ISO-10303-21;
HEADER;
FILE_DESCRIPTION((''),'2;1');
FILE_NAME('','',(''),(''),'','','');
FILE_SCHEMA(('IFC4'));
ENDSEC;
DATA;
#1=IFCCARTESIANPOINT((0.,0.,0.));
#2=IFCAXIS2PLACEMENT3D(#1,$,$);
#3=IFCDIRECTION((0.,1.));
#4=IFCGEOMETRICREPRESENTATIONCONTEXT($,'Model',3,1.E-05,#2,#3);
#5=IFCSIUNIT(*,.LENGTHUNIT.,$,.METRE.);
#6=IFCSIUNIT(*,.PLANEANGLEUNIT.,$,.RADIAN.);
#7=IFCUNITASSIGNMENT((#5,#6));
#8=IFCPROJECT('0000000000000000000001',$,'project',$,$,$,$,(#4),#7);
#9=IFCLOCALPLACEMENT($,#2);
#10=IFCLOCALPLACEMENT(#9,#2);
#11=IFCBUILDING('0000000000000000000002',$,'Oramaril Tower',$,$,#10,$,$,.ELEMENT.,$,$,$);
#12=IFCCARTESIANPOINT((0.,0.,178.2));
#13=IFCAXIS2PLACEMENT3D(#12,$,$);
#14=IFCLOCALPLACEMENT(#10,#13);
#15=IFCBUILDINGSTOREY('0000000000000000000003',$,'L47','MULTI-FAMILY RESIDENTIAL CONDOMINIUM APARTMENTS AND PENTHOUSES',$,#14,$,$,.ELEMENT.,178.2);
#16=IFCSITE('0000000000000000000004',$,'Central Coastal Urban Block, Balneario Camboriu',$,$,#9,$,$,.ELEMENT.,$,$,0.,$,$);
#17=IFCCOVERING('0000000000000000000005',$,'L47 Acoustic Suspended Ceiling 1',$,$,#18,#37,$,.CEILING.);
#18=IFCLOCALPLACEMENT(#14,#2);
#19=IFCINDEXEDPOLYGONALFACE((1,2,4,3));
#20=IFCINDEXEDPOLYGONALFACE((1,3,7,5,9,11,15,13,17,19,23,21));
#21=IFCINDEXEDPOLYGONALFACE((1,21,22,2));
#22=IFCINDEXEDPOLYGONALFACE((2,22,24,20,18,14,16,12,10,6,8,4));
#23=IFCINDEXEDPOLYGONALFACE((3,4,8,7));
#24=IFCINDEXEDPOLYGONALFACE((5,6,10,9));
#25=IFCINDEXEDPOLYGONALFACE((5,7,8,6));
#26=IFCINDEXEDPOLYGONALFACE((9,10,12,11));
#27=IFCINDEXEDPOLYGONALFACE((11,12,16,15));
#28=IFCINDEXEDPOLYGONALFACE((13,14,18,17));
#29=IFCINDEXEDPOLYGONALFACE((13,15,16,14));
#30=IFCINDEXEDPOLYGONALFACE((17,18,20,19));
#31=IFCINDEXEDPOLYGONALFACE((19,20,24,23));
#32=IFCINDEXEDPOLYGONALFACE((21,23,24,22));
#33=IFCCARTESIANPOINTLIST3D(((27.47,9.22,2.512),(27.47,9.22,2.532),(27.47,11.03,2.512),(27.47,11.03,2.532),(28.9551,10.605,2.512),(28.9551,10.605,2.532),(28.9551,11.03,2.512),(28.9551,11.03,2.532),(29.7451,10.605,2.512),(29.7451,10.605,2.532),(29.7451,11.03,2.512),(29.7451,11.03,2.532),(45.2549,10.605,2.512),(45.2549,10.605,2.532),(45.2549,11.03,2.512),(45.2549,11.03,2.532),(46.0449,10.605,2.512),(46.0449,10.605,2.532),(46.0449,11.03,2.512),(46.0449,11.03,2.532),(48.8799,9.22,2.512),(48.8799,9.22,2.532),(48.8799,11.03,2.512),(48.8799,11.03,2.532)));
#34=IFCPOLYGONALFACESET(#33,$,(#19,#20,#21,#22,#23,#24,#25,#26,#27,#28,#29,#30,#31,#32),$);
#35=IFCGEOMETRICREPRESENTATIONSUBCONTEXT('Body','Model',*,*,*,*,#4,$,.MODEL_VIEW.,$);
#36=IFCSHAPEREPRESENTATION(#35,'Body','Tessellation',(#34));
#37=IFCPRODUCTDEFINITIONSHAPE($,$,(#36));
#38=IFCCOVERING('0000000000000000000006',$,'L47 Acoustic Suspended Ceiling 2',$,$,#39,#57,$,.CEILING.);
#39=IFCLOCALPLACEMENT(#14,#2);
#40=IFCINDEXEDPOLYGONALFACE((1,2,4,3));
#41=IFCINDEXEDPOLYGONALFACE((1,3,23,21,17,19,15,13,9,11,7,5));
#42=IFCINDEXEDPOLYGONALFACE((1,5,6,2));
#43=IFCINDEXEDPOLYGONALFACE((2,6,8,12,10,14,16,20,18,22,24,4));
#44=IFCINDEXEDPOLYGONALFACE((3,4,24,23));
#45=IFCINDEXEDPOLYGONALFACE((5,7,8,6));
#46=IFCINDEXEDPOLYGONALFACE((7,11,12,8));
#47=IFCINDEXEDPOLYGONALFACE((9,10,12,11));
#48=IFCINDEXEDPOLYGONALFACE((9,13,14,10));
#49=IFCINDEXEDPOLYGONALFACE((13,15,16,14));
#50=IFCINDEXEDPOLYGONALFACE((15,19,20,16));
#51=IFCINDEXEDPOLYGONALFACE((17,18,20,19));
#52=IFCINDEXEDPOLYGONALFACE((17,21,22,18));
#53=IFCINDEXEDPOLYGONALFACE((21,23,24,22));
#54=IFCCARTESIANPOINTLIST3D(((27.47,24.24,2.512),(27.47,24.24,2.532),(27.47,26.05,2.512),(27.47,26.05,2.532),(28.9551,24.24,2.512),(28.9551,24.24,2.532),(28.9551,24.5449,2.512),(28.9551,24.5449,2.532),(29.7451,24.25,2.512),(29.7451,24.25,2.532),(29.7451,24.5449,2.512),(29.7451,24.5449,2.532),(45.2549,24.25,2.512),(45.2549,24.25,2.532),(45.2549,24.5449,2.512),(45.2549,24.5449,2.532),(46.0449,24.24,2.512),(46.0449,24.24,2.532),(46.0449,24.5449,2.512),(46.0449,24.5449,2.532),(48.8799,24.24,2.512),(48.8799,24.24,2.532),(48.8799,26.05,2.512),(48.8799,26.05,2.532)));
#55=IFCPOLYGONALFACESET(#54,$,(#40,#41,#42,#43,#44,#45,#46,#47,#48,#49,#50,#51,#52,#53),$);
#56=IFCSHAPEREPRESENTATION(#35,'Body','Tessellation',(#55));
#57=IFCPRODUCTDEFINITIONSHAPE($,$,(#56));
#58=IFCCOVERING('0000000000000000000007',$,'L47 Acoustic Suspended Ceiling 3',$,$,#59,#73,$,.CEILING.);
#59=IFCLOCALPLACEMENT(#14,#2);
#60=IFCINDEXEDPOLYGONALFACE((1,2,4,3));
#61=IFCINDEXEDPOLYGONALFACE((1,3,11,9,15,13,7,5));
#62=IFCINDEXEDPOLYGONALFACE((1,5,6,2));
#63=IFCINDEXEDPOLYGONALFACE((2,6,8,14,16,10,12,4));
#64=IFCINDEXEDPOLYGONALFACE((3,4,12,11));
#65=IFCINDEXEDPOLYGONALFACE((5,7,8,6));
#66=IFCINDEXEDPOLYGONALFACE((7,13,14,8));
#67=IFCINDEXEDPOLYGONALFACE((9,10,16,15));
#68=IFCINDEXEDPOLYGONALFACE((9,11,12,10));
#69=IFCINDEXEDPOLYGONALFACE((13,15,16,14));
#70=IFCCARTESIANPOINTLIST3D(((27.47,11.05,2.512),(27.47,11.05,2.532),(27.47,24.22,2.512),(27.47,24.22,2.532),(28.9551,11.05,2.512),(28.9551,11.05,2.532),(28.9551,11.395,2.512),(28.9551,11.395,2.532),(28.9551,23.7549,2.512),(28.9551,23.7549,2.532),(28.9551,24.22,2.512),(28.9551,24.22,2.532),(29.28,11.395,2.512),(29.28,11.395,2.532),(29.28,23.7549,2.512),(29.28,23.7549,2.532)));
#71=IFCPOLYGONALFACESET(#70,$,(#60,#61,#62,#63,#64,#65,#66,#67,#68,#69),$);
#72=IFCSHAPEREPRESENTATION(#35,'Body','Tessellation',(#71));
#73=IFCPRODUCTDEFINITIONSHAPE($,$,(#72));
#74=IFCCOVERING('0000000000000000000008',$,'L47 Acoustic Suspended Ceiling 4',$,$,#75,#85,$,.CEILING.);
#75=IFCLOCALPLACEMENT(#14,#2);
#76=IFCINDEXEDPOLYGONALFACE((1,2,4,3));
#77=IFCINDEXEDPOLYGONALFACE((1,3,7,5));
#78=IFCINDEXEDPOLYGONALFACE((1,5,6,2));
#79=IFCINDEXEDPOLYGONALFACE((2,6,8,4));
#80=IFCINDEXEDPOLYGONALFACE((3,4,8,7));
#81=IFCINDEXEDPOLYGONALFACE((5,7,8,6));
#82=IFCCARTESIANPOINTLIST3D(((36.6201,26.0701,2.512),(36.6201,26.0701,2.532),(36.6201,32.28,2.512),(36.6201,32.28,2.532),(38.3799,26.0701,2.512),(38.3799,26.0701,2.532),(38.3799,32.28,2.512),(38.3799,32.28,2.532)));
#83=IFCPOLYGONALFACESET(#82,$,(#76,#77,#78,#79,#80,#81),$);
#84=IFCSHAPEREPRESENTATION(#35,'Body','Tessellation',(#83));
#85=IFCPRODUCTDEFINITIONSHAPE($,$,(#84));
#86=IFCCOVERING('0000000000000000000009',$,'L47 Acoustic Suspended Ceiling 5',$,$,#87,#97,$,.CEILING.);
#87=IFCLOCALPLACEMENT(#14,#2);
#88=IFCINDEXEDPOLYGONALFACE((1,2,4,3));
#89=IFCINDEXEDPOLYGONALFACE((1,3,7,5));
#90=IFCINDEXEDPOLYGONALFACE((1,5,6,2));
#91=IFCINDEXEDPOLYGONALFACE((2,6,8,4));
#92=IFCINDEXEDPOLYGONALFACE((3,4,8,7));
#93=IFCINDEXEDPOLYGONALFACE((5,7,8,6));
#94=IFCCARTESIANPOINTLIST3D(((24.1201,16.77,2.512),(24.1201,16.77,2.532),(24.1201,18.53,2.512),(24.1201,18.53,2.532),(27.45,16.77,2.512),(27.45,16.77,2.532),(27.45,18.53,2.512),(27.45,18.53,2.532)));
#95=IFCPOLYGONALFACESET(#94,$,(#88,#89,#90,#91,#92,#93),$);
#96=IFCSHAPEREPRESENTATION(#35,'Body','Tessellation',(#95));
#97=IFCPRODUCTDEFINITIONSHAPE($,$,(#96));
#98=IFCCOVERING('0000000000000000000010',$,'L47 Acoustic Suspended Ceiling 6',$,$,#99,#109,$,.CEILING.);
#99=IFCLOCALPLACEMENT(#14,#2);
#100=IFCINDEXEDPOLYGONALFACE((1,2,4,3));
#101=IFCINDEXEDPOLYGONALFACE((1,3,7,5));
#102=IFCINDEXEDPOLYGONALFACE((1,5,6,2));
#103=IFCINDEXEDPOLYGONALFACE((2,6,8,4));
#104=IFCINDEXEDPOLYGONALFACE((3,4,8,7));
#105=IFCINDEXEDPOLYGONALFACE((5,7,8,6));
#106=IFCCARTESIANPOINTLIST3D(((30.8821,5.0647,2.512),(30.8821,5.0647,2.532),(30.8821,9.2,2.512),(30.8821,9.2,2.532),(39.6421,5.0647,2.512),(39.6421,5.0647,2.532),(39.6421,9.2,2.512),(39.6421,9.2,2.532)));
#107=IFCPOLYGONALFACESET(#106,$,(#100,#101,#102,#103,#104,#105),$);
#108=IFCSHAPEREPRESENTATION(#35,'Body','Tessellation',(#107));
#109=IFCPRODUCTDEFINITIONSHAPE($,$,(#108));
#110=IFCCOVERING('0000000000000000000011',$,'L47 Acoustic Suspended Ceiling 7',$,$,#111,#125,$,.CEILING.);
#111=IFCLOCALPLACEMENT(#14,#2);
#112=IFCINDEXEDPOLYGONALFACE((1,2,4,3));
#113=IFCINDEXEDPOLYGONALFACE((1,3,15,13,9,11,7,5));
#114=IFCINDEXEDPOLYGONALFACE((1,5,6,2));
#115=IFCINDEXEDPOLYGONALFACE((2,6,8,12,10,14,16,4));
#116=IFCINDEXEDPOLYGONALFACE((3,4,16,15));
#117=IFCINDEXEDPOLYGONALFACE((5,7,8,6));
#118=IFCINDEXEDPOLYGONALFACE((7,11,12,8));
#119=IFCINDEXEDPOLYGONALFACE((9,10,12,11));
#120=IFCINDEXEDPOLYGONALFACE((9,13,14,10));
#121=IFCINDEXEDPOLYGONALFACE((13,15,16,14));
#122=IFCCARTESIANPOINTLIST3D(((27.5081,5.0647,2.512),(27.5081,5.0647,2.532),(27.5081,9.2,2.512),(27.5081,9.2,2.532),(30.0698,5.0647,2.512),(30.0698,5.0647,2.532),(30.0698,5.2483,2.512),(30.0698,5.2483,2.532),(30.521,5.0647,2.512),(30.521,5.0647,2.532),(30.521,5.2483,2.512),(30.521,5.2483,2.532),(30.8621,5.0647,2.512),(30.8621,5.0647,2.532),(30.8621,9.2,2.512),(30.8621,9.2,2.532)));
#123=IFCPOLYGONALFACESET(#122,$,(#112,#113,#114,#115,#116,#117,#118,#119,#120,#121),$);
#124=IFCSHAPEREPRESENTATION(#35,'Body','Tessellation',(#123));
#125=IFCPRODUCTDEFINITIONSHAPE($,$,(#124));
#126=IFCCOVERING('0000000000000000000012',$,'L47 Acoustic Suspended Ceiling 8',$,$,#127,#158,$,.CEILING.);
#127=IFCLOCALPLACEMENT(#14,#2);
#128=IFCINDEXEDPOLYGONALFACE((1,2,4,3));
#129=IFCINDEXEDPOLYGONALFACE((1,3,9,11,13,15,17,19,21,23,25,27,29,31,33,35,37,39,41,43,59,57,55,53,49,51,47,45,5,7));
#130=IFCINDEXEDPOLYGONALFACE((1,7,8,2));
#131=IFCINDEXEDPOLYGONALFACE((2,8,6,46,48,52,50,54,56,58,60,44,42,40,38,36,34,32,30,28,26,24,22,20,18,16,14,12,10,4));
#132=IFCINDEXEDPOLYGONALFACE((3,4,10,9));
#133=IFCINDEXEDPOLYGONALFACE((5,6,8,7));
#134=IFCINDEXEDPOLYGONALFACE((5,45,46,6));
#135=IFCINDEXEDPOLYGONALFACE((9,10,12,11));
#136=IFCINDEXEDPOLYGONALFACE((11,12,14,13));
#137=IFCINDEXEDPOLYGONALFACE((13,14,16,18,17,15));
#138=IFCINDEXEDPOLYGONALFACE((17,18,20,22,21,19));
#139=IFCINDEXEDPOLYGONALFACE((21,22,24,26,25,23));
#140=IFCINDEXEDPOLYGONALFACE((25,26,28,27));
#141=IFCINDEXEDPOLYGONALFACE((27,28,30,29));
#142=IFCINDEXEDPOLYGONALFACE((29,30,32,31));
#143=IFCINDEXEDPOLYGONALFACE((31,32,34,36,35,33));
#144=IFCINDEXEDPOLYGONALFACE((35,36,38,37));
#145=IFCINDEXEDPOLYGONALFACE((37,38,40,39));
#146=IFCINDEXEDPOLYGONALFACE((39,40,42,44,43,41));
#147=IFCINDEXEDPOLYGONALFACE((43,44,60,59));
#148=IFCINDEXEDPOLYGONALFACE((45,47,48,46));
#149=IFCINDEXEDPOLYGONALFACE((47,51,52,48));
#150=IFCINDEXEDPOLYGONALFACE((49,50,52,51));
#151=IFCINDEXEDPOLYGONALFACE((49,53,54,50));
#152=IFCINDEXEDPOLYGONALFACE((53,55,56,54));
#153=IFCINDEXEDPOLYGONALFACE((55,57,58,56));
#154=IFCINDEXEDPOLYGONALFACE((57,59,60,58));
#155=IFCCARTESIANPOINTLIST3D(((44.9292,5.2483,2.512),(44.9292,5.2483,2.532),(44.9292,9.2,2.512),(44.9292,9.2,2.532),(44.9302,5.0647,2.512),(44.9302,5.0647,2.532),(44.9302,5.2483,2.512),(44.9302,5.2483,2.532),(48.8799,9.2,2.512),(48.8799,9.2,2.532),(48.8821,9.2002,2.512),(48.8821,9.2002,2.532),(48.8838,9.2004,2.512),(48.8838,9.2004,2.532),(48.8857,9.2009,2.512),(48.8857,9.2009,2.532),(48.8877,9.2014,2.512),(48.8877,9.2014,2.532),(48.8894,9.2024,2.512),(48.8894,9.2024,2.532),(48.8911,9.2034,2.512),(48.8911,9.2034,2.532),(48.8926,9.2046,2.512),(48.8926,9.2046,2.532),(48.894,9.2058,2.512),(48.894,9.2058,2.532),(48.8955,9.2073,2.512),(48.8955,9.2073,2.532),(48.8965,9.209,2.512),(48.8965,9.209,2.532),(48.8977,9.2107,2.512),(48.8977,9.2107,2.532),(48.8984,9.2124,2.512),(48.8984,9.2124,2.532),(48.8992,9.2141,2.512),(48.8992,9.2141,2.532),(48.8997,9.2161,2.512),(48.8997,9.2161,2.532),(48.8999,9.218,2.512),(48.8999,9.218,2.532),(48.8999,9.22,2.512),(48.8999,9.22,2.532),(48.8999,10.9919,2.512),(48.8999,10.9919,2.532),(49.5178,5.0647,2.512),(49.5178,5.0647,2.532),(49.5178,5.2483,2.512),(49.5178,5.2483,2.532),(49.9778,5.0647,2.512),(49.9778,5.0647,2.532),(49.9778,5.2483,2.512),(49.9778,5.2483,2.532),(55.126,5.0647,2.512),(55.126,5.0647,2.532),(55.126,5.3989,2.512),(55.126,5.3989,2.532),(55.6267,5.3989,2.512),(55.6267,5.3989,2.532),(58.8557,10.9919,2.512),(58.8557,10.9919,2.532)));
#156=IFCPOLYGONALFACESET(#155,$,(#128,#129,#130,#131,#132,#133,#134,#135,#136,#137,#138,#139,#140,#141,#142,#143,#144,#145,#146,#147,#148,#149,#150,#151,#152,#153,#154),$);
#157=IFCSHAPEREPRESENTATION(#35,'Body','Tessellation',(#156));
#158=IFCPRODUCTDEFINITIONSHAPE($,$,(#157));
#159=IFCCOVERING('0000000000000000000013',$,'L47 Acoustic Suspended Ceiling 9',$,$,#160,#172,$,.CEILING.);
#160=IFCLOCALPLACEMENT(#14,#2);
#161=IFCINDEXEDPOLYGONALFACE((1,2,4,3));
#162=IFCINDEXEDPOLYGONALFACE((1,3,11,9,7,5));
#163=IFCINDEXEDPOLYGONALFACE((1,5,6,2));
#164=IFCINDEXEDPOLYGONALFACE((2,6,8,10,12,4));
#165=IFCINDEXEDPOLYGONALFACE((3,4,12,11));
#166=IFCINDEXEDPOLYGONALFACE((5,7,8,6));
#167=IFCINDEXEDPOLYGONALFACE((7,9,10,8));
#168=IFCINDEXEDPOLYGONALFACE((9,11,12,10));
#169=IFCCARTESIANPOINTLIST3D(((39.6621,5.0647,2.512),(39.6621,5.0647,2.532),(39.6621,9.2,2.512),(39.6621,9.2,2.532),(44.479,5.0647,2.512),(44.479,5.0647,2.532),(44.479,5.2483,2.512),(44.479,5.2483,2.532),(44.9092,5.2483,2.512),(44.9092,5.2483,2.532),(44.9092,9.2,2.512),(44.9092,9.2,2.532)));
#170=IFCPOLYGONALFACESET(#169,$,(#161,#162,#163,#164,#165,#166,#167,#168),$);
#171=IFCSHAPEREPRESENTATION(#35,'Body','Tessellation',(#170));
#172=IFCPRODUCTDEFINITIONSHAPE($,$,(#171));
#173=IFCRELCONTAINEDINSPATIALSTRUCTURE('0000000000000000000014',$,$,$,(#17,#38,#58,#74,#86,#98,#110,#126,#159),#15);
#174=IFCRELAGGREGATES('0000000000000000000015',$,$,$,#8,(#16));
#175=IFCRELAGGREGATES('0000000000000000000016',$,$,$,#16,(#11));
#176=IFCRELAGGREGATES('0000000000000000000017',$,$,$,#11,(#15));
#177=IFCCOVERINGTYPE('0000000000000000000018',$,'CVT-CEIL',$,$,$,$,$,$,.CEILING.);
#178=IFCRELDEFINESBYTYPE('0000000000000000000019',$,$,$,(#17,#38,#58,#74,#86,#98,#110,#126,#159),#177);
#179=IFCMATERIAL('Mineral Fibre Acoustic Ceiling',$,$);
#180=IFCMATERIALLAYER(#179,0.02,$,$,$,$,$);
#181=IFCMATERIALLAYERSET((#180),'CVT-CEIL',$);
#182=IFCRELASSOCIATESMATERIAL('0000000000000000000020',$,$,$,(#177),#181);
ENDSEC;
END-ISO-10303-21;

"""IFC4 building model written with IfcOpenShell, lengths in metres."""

from ifc_helpers import new_model, si_unit, direction, frame, origin, place, context, subcontext, project, spatial, polyline, outline, extrude, material, layer, layer_set, type_object, element, save


model = new_model("IFC4")

# Units and contexts
model_context = context("Model", 3, precision=1e-05, world=origin(), true_north=direction((0.0, 1.0)))
body_context = subcontext(model_context, "Body", "Model", "MODEL_VIEW")
ifc_project = project(units=[si_unit("LENGTHUNIT", "METRE"), si_unit("PLANEANGLEUNIT", "RADIAN")], contexts=[model_context])

# Site, building, storey
site_placement = place(None, origin())
site = spatial("IfcSite", under=ifc_project, at=site_placement, Name="Central Coastal Urban Block, Balneario Camboriu", CompositionType="ELEMENT", RefElevation=0.0)
building_placement = place(site_placement, origin())
building = spatial("IfcBuilding", under=site, at=building_placement, Name="Oramaril Tower", CompositionType="ELEMENT")
storey_placement = place(building_placement, frame((0.0, 0.0, 178.2)))
storey = spatial("IfcBuildingStorey", under=building, at=storey_placement, Name="L47", Description="MULTI-FAMILY RESIDENTIAL CONDOMINIUM APARTMENTS AND PENTHOUSES", CompositionType="ELEMENT", Elevation=178.2)

# Coverings
ifc_material_1 = material(Name="Mineral Fibre Acoustic Ceiling")
ifc_layer_1 = layer(ifc_material_1, 0.02)
ifc_layer_set_1 = layer_set([ifc_layer_1], Name="CVT-CEIL")
covering_type_1 = type_object("IfcCoveringType", Name="CVT-CEIL", PredefinedType="CEILING", material=ifc_layer_set_1)
covering_1_placement = place(storey_placement, frame((0.0, 0.0, 2.512)))
element("IfcCovering", 1, at=covering_1_placement, inside=storey, type_object=covering_type_1, Name="L47 Acoustic Suspended Ceiling 1", PredefinedType="CEILING", context=body_context, shape_type="SweptSolid", body=[
    extrude(outline(polyline([(28.9551, 10.605), (29.7451, 10.605), (29.7451, 11.03), (45.2549, 11.03), (45.2549, 10.605), (46.0449, 10.605), (46.0449, 11.03), (48.8799, 11.03), (48.8799, 9.22), (27.47, 9.22), (27.47, 11.03), (28.9551, 11.03), (28.9551, 10.605)])), origin(), (0.0, 0.0, 1.0), 0.02),
])
covering_2_placement = place(storey_placement, frame((0.0, 0.0, 2.512)))
element("IfcCovering", 2, at=covering_2_placement, inside=storey, type_object=covering_type_1, Name="L47 Acoustic Suspended Ceiling 2", PredefinedType="CEILING", context=body_context, shape_type="SweptSolid", body=[
    extrude(outline(polyline([(48.8799, 24.24), (46.0449, 24.24), (46.0449, 24.5449), (45.2549, 24.5449), (45.2549, 24.25), (29.7451, 24.25), (29.7451, 24.5449), (28.9551, 24.5449), (28.9551, 24.24), (27.47, 24.24), (27.47, 26.05), (48.8799, 26.05), (48.8799, 24.24)])), origin(), (0.0, 0.0, 1.0), 0.02),
])
covering_3_placement = place(storey_placement, frame((0.0, 0.0, 2.512)))
element("IfcCovering", 3, at=covering_3_placement, inside=storey, type_object=covering_type_1, Name="L47 Acoustic Suspended Ceiling 3", PredefinedType="CEILING", context=body_context, shape_type="SweptSolid", body=[
    extrude(outline(polyline([(28.9551, 23.7549), (29.28, 23.7549), (29.28, 11.395), (28.9551, 11.395), (28.9551, 11.05), (27.47, 11.05), (27.47, 24.22), (28.9551, 24.22), (28.9551, 23.7549)])), origin(), (0.0, 0.0, 1.0), 0.02),
])
covering_4_placement = place(storey_placement, frame((0.0, 0.0, 2.512)))
element("IfcCovering", 4, at=covering_4_placement, inside=storey, type_object=covering_type_1, Name="L47 Acoustic Suspended Ceiling 4", PredefinedType="CEILING", context=body_context, shape_type="SweptSolid", body=[
    extrude(outline(polyline([(38.3799, 26.0701), (36.6201, 26.0701), (36.6201, 32.28), (38.3799, 32.28), (38.3799, 26.0701)])), origin(), (0.0, 0.0, 1.0), 0.02),
])
covering_5_placement = place(storey_placement, frame((0.0, 0.0, 2.512)))
element("IfcCovering", 5, at=covering_5_placement, inside=storey, type_object=covering_type_1, Name="L47 Acoustic Suspended Ceiling 5", PredefinedType="CEILING", context=body_context, shape_type="SweptSolid", body=[
    extrude(outline(polyline([(24.1201, 16.77), (24.1201, 18.53), (27.45, 18.53), (27.45, 16.77), (24.1201, 16.77)])), origin(), (0.0, 0.0, 1.0), 0.02),
])
covering_6_placement = place(storey_placement, frame((0.0, 0.0, 2.512)))
element("IfcCovering", 6, at=covering_6_placement, inside=storey, type_object=covering_type_1, Name="L47 Acoustic Suspended Ceiling 6", PredefinedType="CEILING", context=body_context, shape_type="SweptSolid", body=[
    extrude(outline(polyline([(30.8821, 5.0647), (30.8821, 9.2), (39.6421, 9.2), (39.6421, 5.0647), (30.8821, 5.0647)])), origin(), (0.0, 0.0, 1.0), 0.02),
])
covering_7_placement = place(storey_placement, frame((0.0, 0.0, 2.512)))
element("IfcCovering", 7, at=covering_7_placement, inside=storey, type_object=covering_type_1, Name="L47 Acoustic Suspended Ceiling 7", PredefinedType="CEILING", context=body_context, shape_type="SweptSolid", body=[
    extrude(outline(polyline([(30.521, 5.2483), (30.0698, 5.2483), (30.0698, 5.0647), (27.5081, 5.0647), (27.5081, 9.2), (30.8621, 9.2), (30.8621, 5.0647), (30.521, 5.0647), (30.521, 5.2483)])), origin(), (0.0, 0.0, 1.0), 0.02),
])
covering_8_placement = place(storey_placement, frame((0.0, 0.0, 2.512)))
element("IfcCovering", 8, at=covering_8_placement, inside=storey, type_object=covering_type_1, Name="L47 Acoustic Suspended Ceiling 8", PredefinedType="CEILING", context=body_context, shape_type="SweptSolid", body=[
    extrude(outline(polyline([(55.6267, 5.3989), (55.126, 5.3989), (55.126, 5.0647), (49.9778, 5.0647), (49.9778, 5.2483), (49.5178, 5.2483), (49.5178, 5.0647), (44.9302, 5.0647), (44.9302, 5.2483), (44.9292, 5.2483), (44.9292, 9.2), (48.8799, 9.2), (48.8821, 9.2002), (48.8838, 9.2004), (48.8857, 9.2009), (48.8877, 9.2014), (48.8894, 9.2024), (48.8911, 9.2034), (48.8926, 9.2046), (48.894, 9.2058), (48.8955, 9.2073), (48.8965, 9.209), (48.8977, 9.2107), (48.8984, 9.2124), (48.8992, 9.2141), (48.8997, 9.2161), (48.8999, 9.218), (48.8999, 9.22), (48.8999, 10.9919), (58.8557, 10.9919), (55.6267, 5.3989)])), origin(), (0.0, 0.0, 1.0), 0.02),
])
covering_9_placement = place(storey_placement, frame((0.0, 0.0, 2.512)))
element("IfcCovering", 9, at=covering_9_placement, inside=storey, type_object=covering_type_1, Name="L47 Acoustic Suspended Ceiling 9", PredefinedType="CEILING", context=body_context, shape_type="SweptSolid", body=[
    extrude(outline(polyline([(44.479, 5.2483), (44.479, 5.0647), (39.6621, 5.0647), (39.6621, 9.2), (44.9092, 9.2), (44.9092, 5.2483), (44.479, 5.2483)])), origin(), (0.0, 0.0, 1.0), 0.02),
])

save(model, "model.ifc")
